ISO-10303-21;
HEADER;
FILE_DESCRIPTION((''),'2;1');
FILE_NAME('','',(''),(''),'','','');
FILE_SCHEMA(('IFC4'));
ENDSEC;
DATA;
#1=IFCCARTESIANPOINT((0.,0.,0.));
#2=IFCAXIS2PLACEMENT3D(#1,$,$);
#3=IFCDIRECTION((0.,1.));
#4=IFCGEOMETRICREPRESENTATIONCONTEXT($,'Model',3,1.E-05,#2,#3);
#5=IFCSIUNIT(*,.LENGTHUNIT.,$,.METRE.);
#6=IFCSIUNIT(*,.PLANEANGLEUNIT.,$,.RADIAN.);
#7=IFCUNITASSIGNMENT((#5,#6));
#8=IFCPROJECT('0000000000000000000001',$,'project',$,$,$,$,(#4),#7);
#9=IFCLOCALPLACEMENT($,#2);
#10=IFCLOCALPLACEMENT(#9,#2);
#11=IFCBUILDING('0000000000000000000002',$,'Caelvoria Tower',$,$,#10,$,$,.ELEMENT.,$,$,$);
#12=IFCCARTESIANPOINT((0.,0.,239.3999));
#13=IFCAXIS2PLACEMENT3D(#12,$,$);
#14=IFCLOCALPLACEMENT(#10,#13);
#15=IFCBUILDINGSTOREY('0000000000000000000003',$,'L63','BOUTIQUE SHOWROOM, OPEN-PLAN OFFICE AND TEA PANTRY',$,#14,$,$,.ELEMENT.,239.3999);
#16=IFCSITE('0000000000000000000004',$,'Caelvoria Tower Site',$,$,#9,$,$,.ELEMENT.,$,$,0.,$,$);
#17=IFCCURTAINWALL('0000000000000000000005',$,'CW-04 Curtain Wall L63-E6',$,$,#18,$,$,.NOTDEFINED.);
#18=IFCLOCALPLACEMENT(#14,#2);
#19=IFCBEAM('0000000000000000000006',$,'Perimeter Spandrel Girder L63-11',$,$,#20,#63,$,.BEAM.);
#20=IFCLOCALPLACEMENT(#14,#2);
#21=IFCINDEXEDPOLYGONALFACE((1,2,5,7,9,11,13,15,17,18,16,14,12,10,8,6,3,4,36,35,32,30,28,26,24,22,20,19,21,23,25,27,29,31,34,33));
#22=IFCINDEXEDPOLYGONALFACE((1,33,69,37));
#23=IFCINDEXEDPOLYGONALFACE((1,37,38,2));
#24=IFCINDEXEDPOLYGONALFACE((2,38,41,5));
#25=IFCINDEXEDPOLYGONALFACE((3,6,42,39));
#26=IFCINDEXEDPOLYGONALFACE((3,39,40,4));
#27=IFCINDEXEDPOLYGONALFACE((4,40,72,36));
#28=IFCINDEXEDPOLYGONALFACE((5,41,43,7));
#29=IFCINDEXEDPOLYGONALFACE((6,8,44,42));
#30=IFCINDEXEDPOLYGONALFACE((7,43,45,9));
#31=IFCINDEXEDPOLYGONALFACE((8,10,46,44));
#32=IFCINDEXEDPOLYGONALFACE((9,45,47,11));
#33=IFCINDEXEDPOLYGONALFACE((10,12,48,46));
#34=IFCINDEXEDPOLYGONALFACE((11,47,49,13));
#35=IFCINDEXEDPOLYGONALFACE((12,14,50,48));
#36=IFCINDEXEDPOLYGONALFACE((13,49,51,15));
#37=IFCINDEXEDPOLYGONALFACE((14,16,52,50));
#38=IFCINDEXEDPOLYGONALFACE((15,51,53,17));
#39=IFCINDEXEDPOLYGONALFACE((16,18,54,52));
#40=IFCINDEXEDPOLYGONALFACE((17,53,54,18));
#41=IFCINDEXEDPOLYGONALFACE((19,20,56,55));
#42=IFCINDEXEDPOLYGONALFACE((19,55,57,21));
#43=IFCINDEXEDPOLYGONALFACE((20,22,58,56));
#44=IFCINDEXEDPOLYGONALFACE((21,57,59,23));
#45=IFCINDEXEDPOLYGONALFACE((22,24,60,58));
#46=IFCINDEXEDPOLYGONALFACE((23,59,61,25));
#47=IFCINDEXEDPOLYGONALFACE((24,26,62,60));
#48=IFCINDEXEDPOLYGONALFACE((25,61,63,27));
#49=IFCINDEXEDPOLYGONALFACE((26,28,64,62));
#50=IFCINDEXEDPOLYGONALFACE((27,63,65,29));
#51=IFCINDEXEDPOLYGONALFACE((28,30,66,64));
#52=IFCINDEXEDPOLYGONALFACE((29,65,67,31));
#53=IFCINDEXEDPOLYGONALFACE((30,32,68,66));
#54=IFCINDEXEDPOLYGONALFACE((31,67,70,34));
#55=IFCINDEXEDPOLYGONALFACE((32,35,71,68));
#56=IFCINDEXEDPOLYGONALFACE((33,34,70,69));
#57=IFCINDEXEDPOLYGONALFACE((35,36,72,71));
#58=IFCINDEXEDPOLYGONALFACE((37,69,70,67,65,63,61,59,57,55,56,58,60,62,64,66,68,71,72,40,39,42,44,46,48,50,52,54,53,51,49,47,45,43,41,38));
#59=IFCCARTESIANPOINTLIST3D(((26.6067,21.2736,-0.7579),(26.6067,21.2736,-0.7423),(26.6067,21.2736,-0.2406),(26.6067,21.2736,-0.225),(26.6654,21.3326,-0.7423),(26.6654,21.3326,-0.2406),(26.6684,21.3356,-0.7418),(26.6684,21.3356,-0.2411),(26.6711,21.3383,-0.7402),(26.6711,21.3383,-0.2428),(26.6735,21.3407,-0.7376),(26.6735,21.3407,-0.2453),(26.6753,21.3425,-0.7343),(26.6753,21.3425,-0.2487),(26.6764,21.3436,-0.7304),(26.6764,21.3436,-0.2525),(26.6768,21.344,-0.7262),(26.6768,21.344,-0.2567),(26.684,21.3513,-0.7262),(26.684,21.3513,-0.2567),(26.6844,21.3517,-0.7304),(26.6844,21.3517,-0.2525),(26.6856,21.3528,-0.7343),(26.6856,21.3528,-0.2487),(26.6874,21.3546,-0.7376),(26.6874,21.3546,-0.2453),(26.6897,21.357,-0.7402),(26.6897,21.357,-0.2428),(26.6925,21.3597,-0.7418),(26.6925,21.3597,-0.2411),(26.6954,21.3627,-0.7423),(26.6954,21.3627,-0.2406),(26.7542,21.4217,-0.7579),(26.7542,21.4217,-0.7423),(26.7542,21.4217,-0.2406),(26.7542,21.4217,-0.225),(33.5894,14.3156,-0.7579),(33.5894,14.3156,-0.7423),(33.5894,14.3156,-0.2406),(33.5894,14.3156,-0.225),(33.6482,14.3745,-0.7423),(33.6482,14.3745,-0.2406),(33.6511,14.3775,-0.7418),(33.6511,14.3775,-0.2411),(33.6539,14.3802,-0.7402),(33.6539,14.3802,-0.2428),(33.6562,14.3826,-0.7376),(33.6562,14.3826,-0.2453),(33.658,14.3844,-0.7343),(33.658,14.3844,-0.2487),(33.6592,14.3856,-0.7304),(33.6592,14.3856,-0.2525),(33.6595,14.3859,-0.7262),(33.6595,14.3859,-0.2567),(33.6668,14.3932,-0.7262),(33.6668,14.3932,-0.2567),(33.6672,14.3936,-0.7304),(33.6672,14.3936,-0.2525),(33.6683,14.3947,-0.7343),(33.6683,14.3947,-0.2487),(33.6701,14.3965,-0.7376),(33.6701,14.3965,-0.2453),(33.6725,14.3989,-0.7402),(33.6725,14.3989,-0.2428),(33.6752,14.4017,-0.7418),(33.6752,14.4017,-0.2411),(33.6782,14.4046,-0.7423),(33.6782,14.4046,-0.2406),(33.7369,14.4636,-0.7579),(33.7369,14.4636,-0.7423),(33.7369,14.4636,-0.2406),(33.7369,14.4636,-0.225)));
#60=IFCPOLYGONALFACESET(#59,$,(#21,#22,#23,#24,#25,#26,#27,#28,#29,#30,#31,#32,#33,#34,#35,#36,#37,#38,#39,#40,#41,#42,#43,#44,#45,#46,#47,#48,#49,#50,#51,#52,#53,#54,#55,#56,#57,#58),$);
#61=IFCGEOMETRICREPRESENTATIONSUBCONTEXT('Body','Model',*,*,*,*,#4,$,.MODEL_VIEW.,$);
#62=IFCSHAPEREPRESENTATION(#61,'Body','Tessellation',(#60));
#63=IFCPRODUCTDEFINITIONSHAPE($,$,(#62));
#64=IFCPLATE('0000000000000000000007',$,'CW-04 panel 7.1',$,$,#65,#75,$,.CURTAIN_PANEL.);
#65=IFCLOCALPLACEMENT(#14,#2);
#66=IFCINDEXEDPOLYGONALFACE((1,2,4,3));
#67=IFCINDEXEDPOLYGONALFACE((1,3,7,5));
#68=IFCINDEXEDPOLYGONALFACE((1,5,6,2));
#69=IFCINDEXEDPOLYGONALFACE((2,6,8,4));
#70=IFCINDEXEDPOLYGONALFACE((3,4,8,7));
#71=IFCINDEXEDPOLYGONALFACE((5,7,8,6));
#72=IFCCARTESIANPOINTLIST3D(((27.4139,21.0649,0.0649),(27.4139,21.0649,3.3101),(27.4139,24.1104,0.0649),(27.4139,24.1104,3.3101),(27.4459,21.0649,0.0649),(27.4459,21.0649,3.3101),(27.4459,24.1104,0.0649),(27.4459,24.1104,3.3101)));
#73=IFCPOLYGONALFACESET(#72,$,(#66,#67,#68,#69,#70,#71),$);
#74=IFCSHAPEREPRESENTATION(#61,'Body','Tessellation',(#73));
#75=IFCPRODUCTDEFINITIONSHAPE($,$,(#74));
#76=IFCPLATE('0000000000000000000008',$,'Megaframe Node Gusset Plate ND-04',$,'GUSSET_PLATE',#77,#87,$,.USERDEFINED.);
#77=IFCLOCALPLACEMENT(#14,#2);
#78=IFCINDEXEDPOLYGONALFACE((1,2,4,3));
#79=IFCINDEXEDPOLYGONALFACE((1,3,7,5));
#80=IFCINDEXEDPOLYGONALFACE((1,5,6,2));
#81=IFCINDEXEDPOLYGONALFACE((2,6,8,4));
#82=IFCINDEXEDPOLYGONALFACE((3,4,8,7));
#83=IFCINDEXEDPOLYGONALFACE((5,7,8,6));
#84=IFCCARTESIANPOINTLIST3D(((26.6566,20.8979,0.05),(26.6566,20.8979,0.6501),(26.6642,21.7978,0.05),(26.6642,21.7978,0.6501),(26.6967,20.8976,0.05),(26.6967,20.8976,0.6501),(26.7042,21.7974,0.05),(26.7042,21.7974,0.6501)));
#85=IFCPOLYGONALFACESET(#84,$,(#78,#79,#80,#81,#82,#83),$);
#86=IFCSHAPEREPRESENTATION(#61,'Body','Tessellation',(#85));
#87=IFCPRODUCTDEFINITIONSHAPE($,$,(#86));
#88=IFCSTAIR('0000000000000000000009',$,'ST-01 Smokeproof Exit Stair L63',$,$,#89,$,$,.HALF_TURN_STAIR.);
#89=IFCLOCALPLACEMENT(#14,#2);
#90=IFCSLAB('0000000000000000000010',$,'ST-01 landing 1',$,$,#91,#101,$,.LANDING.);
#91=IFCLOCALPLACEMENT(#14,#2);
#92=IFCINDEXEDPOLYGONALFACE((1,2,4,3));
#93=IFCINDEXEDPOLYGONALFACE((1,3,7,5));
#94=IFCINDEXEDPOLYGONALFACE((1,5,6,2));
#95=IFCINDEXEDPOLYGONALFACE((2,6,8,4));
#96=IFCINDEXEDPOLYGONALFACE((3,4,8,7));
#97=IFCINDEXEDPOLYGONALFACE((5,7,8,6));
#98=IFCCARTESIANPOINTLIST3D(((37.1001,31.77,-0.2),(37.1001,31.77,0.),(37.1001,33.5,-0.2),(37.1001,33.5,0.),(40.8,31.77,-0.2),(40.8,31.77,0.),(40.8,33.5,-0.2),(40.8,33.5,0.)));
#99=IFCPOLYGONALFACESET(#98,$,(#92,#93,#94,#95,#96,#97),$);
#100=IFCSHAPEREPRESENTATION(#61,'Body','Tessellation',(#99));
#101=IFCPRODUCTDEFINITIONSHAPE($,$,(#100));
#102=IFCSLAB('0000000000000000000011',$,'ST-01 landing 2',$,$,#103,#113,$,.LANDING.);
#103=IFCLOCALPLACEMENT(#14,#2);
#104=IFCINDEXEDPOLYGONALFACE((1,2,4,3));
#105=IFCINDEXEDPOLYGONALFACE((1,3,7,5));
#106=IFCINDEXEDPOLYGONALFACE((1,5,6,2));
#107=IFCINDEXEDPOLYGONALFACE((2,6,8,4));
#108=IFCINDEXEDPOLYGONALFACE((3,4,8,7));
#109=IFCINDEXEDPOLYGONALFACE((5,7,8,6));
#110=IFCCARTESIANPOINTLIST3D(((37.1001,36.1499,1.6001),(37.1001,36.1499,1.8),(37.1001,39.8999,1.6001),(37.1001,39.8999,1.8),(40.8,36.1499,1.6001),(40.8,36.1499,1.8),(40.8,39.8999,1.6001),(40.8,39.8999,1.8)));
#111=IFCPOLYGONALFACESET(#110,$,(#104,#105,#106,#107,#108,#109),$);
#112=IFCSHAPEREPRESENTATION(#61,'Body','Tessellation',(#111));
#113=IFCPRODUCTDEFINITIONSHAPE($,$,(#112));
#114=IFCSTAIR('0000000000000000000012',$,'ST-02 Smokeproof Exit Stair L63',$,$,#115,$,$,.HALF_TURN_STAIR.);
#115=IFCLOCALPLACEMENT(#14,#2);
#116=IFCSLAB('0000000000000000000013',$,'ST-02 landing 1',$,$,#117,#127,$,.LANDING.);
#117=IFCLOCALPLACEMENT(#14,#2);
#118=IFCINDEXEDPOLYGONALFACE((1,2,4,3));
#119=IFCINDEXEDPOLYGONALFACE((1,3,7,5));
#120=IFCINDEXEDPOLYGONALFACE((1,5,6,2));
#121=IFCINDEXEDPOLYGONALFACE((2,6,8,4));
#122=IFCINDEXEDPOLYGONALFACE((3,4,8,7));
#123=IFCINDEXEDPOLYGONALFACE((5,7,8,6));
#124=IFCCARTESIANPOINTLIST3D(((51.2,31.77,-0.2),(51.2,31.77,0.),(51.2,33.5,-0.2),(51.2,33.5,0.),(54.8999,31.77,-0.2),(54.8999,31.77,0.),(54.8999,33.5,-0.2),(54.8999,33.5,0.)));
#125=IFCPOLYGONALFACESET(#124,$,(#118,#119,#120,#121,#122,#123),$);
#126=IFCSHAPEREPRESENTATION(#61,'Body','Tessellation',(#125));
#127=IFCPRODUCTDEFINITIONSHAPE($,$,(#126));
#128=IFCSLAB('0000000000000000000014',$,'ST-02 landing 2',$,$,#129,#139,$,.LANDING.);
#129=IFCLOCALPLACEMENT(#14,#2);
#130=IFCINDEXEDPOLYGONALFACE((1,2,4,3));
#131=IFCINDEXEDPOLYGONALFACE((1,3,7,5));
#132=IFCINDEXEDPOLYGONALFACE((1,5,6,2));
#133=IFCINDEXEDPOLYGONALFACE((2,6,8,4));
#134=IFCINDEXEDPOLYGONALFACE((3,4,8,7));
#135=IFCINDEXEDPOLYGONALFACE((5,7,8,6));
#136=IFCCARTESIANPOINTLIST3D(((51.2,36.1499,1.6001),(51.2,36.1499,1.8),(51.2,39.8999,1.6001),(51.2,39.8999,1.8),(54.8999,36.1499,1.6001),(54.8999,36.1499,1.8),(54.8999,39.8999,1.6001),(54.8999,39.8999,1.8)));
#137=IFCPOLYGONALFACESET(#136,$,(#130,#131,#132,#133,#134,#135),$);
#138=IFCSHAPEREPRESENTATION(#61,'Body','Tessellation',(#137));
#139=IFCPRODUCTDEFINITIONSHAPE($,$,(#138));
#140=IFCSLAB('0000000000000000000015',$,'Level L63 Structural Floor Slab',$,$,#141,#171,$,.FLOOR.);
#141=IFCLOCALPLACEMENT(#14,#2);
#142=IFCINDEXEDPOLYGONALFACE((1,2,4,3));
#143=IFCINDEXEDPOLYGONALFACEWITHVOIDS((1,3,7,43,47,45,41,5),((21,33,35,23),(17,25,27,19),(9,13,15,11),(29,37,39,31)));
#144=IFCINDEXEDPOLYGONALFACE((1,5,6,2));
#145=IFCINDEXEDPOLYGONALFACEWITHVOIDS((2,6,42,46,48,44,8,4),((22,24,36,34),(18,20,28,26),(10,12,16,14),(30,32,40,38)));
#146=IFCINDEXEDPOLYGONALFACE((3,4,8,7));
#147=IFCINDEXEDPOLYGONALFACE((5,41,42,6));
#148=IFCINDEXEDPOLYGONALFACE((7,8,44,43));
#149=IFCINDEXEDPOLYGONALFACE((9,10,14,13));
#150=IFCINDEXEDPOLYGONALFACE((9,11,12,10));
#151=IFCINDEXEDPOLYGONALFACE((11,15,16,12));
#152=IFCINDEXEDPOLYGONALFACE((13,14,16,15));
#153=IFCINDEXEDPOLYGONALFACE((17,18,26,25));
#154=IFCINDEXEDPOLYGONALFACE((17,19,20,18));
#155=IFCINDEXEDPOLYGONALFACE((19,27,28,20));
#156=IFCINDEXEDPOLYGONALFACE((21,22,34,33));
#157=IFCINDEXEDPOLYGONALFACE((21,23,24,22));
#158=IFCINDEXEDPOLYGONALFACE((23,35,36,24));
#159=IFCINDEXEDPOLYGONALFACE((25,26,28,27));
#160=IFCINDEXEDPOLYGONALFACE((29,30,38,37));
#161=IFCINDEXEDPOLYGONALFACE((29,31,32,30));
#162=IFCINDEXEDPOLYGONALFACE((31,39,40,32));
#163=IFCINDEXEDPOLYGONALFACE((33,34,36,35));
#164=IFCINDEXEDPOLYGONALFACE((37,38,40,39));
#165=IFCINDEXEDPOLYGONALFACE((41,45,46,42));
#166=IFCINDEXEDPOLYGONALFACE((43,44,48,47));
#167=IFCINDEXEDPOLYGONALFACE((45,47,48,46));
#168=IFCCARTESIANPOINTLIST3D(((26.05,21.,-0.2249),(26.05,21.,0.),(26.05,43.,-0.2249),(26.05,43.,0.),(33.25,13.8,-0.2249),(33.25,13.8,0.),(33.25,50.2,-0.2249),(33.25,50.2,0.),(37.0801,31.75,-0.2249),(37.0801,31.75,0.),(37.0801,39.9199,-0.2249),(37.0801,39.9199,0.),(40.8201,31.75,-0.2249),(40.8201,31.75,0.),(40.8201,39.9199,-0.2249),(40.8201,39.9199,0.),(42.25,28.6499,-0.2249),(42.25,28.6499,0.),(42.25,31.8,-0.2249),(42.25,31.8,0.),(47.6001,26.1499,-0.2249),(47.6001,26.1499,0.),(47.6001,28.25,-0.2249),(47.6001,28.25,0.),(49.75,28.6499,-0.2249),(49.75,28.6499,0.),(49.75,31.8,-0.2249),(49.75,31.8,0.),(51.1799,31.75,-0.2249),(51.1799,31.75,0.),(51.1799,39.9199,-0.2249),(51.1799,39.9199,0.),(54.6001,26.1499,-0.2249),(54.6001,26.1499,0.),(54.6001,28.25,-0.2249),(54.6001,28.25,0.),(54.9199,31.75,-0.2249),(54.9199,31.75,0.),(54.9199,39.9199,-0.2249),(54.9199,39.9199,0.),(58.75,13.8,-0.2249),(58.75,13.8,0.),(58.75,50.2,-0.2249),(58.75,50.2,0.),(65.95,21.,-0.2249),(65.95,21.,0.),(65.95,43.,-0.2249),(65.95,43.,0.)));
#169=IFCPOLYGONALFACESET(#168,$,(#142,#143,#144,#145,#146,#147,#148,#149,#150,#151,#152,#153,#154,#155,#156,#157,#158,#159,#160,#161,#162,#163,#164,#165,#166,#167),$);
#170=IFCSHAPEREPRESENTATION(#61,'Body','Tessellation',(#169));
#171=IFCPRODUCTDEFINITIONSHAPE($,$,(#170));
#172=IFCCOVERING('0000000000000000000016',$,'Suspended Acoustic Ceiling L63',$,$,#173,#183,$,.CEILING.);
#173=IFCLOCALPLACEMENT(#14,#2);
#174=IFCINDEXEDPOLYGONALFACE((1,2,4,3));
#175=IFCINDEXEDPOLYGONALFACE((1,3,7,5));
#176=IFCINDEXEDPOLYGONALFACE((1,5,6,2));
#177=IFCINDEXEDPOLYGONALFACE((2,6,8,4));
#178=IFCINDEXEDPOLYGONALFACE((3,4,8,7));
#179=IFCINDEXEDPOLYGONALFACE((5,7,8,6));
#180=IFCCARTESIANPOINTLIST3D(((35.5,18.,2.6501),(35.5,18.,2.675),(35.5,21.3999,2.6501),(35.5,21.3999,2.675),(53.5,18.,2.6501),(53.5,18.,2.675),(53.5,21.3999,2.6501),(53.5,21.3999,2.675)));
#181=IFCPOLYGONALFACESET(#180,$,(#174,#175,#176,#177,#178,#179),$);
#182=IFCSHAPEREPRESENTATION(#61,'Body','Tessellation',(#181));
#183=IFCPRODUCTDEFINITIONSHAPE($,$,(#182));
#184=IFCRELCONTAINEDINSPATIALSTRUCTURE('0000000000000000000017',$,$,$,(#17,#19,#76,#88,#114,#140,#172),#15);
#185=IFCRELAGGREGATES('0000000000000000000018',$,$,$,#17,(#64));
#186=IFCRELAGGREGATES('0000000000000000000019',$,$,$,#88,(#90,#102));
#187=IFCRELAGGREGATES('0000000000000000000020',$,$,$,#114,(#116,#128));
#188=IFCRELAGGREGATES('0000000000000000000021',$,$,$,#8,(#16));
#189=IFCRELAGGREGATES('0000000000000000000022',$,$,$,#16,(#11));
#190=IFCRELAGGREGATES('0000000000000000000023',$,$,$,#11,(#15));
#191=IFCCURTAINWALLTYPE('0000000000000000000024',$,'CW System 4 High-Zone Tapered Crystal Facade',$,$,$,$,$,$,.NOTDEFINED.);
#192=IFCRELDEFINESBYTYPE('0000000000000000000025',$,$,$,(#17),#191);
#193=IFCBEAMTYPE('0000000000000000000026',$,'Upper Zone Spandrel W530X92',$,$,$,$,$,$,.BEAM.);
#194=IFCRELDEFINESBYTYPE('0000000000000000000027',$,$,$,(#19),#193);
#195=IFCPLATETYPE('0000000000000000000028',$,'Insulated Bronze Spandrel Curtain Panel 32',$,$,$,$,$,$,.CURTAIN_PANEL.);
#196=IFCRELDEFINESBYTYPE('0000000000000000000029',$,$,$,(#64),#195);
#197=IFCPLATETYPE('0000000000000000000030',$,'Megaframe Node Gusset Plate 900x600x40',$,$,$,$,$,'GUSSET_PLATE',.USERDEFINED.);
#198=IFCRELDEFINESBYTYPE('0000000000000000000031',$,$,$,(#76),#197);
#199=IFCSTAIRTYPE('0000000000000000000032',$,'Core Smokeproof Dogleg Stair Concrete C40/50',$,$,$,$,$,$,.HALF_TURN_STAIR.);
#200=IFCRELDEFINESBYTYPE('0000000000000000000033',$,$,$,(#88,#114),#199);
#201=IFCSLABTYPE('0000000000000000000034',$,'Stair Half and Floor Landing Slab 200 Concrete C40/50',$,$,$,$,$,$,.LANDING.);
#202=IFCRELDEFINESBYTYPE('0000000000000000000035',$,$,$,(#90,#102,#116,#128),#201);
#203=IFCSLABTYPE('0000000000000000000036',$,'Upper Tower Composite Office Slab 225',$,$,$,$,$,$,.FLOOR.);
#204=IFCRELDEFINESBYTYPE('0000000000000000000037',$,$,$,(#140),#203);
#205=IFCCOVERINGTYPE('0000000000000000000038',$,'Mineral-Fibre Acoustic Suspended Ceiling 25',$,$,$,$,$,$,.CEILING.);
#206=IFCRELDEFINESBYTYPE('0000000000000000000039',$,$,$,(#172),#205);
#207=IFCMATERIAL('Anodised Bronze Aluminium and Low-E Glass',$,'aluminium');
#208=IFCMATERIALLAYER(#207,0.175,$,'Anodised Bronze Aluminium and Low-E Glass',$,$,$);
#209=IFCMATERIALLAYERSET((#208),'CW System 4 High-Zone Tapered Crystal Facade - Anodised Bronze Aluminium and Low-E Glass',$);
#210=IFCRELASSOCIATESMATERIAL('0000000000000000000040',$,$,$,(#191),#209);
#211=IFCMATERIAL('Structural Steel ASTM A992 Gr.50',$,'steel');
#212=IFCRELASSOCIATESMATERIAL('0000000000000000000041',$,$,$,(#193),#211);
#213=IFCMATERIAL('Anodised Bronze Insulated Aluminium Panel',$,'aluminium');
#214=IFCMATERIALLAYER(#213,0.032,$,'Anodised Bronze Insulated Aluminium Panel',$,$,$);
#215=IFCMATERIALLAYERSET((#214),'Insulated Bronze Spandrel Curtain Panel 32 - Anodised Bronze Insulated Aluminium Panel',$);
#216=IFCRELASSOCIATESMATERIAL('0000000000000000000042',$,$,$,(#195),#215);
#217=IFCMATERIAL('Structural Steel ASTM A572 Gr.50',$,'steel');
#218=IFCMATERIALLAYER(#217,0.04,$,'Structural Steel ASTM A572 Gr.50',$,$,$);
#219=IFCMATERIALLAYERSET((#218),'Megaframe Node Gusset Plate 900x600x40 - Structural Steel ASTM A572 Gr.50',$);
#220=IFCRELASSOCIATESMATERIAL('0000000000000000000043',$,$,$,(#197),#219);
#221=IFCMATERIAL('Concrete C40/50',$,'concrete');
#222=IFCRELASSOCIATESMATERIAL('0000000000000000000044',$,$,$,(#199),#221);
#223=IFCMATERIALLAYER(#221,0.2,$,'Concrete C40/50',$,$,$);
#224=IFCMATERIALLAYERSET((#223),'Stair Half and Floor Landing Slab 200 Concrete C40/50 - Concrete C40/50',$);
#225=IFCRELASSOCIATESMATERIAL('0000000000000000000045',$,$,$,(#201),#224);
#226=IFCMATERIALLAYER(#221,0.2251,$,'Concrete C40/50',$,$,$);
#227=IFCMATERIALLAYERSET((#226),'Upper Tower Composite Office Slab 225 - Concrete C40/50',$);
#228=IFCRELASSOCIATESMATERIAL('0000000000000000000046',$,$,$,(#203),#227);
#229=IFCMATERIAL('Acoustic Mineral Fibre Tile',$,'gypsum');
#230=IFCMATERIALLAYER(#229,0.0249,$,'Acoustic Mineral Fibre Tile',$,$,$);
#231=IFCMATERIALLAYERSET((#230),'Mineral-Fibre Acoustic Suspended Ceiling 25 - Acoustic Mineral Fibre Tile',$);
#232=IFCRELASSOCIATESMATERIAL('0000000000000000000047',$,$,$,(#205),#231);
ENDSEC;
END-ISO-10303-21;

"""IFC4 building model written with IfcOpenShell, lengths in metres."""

from ifc_helpers import new_model, si_unit, direction, frame, origin, origin_2d, place, context, subcontext, project, spatial, polyline, rectangle, i_section, outline, extrude, material, layer, layer_set, material_profile, profile_set, type_object, element, aggregate, save


model = new_model("IFC4")

# Units and contexts
model_context = context("Model", 3, precision=1e-05, world=origin(), true_north=direction((0.0, 1.0)))
body_context = subcontext(model_context, "Body", "Model", "MODEL_VIEW")
ifc_project = project(units=[si_unit("LENGTHUNIT", "METRE"), si_unit("PLANEANGLEUNIT", "RADIAN")], contexts=[model_context])

# Site, building, storey
site_placement = place(None, origin())
site = spatial("IfcSite", under=ifc_project, at=site_placement, Name="Caelvoria Tower Site", CompositionType="ELEMENT", RefElevation=0.0)
building_placement = place(site_placement, origin())
building = spatial("IfcBuilding", under=site, at=building_placement, Name="Caelvoria Tower", CompositionType="ELEMENT")
storey_placement = place(building_placement, frame((0.0, 0.0, 239.3999)))
storey = spatial("IfcBuildingStorey", under=building, at=storey_placement, Name="L63", Description="BOUTIQUE SHOWROOM, OPEN-PLAN OFFICE AND TEA PANTRY", CompositionType="ELEMENT", Elevation=239.3999)

# Shared definitions
ifc_material_1 = material(Name="Structural Steel ASTM A572 Gr.50", Category="steel")

# Curtain wall
ifc_material_2 = material(Name="Anodised Bronze Aluminium and Low-E Glass", Category="aluminium")
ifc_layer_1 = layer(ifc_material_2, 0.175, Name="Anodised Bronze Aluminium and Low-E Glass")
ifc_layer_set_1 = layer_set([ifc_layer_1], Name="CW System 4 High-Zone Tapered Crystal Facade - Anodised Bronze Aluminium and Low-E Glass")
curtain_wall_type = type_object("IfcCurtainWallType", Name="CW System 4 High-Zone Tapered Crystal Facade", PredefinedType="NOTDEFINED", material=ifc_layer_set_1)
curtain_wall_1_placement = place(storey_placement, origin())
curtain_wall_1 = element("IfcCurtainWall", 1, at=curtain_wall_1_placement, inside=storey, type_object=curtain_wall_type, Name="CW-04 Curtain Wall L63-E6", PredefinedType="NOTDEFINED")

# Beam
ifc_material_3 = material(Name="Structural Steel ASTM A992 Gr.50", Category="steel")
ifc_material_profile_1 = material_profile(ifc_material_3, i_section(OverallWidth=0.209, OverallDepth=0.533, WebThickness=0.0103, FlangeThickness=0.0156, FilletRadius=0.0161, at=origin_2d()), Name="Structural Steel ASTM A992 Gr.50")
ifc_profile_set_1 = profile_set([ifc_material_profile_1], Name="W530X92 - Structural Steel ASTM A992 Gr.50")
beam_type = type_object("IfcBeamType", Name="Upper Zone Spandrel W530X92", PredefinedType="BEAM", material=ifc_profile_set_1)
beam_placement = place(storey_placement, frame((26.6804, 21.3477, -0.4915), z_axis=(0.708356, -0.705855, 0.0), x_axis=(0.705855, 0.708356, 0.0)))
element("IfcBeam", 2, at=beam_placement, inside=storey, type_object=beam_type, Name="Perimeter Spandrel Girder L63-11", PredefinedType="BEAM", context=body_context, shape_type="SweptSolid", body=[
    extrude(i_section(OverallWidth=0.209, OverallDepth=0.533, WebThickness=0.0103, FlangeThickness=0.0156, FilletRadius=0.0161, at=origin_2d()), origin(), (0.0, 0.0, 1.0), 9.8577),
])

# Plates
ifc_material_4 = material(Name="Anodised Bronze Insulated Aluminium Panel", Category="aluminium")
ifc_layer_2 = layer(ifc_material_4, 0.032, Name="Anodised Bronze Insulated Aluminium Panel")
ifc_layer_set_2 = layer_set([ifc_layer_2], Name="Insulated Bronze Spandrel Curtain Panel 32 - Anodised Bronze Insulated Aluminium Panel")
plate_type_1 = type_object("IfcPlateType", Name="Insulated Bronze Spandrel Curtain Panel 32", PredefinedType="CURTAIN_PANEL", material=ifc_layer_set_2)
plate_1_placement = place(storey_placement, frame((27.4299, 22.5876, 0.0649), z_axis=(0.0, 0.0, 1.0), x_axis=(0.0, -1.0, 0.0)))
plate_1 = element("IfcPlate", 3, at=plate_1_placement, type_object=plate_type_1, Name="CW-04 panel 7.1", PredefinedType="CURTAIN_PANEL", context=body_context, shape_type="SweptSolid", body=[
    extrude(rectangle(XDim=3.0454, YDim=0.032, at=origin_2d()), origin(), (0.0, 0.0, 1.0), 3.2451),
])
aggregate(curtain_wall_1, [plate_1])
ifc_layer_3 = layer(ifc_material_1, 0.04, Name="Structural Steel ASTM A572 Gr.50")
ifc_layer_set_3 = layer_set([ifc_layer_3], Name="Megaframe Node Gusset Plate 900x600x40 - Structural Steel ASTM A572 Gr.50")
plate_type_2 = type_object("IfcPlateType", Name="Megaframe Node Gusset Plate 900x600x40", ElementType="GUSSET_PLATE", PredefinedType="USERDEFINED", material=ifc_layer_set_3)
plate_2_placement = place(storey_placement, frame((26.6804, 21.3477, 0.05), z_axis=(0.0, 0.0, 1.0), x_axis=(0.008402, 0.999965, 0.0)))
element("IfcPlate", 4, at=plate_2_placement, inside=storey, type_object=plate_type_2, Name="Megaframe Node Gusset Plate ND-04", ObjectType="GUSSET_PLATE", PredefinedType="USERDEFINED", context=body_context, shape_type="SweptSolid", body=[
    extrude(rectangle(XDim=0.8999, YDim=0.04, at=origin_2d()), origin(), (0.0, 0.0, 1.0), 0.6001),
])

# Stairs, slabs
ifc_material_5 = material(Name="Concrete C40/50", Category="concrete")
stair_type = type_object("IfcStairType", Name="Core Smokeproof Dogleg Stair Concrete C40/50", PredefinedType="HALF_TURN_STAIR", material=ifc_material_5)
stair_1_placement = place(storey_placement, origin())
stair_1 = element("IfcStair", 5, at=stair_1_placement, inside=storey, type_object=stair_type, Name="ST-01 Smokeproof Exit Stair L63", PredefinedType="HALF_TURN_STAIR")
ifc_layer_4 = layer(ifc_material_5, 0.2, Name="Concrete C40/50")
ifc_layer_set_4 = layer_set([ifc_layer_4], Name="Stair Half and Floor Landing Slab 200 Concrete C40/50 - Concrete C40/50")
slab_type_1 = type_object("IfcSlabType", Name="Stair Half and Floor Landing Slab 200 Concrete C40/50", PredefinedType="LANDING", material=ifc_layer_set_4)
slab_1_placement = place(storey_placement, frame((0.0, 0.0, -0.2)))
slab_1 = element("IfcSlab", 6, at=slab_1_placement, type_object=slab_type_1, Name="ST-01 landing 1", PredefinedType="LANDING", context=body_context, shape_type="SweptSolid", body=[
    extrude(outline(polyline([(37.1001, 31.77), (40.8, 31.77), (40.8, 33.5), (37.1001, 33.5), (37.1001, 31.77)])), origin(), (0.0, 0.0, 1.0), 0.2),
])
slab_2_placement = place(storey_placement, frame((0.0, 0.0, 1.6001)))
slab_2 = element("IfcSlab", 7, at=slab_2_placement, type_object=slab_type_1, Name="ST-01 landing 2", PredefinedType="LANDING", context=body_context, shape_type="SweptSolid", body=[
    extrude(outline(polyline([(37.1001, 36.1499), (40.8, 36.1499), (40.8, 39.8999), (37.1001, 39.8999), (37.1001, 36.1499)])), origin(), (0.0, 0.0, 1.0), 0.2),
])
aggregate(stair_1, [slab_1, slab_2])
stair_2_placement = place(storey_placement, origin())
stair_2 = element("IfcStair", 8, at=stair_2_placement, inside=storey, type_object=stair_type, Name="ST-02 Smokeproof Exit Stair L63", PredefinedType="HALF_TURN_STAIR")
slab_3_placement = place(storey_placement, frame((0.0, 0.0, -0.2)))
slab_3 = element("IfcSlab", 9, at=slab_3_placement, type_object=slab_type_1, Name="ST-02 landing 1", PredefinedType="LANDING", context=body_context, shape_type="SweptSolid", body=[
    extrude(outline(polyline([(51.2, 31.77), (54.8999, 31.77), (54.8999, 33.5), (51.2, 33.5), (51.2, 31.77)])), origin(), (0.0, 0.0, 1.0), 0.2),
])
slab_4_placement = place(storey_placement, frame((0.0, 0.0, 1.6001)))
slab_4 = element("IfcSlab", 10, at=slab_4_placement, type_object=slab_type_1, Name="ST-02 landing 2", PredefinedType="LANDING", context=body_context, shape_type="SweptSolid", body=[
    extrude(outline(polyline([(51.2, 36.1499), (54.8999, 36.1499), (54.8999, 39.8999), (51.2, 39.8999), (51.2, 36.1499)])), origin(), (0.0, 0.0, 1.0), 0.2),
])
aggregate(stair_2, [slab_3, slab_4])

# Slab
ifc_layer_5 = layer(ifc_material_5, 0.2251, Name="Concrete C40/50")
ifc_layer_set_5 = layer_set([ifc_layer_5], Name="Upper Tower Composite Office Slab 225 - Concrete C40/50")
slab_type_2 = type_object("IfcSlabType", Name="Upper Tower Composite Office Slab 225", PredefinedType="FLOOR", material=ifc_layer_set_5)
slab_5_placement = place(storey_placement, frame((0.0, 0.0, -0.2249)))
element("IfcSlab", 11, at=slab_5_placement, inside=storey, type_object=slab_type_2, Name="Level L63 Structural Floor Slab", PredefinedType="FLOOR", context=body_context, shape_type="SweptSolid", body=[
    extrude(outline(polyline([(33.25, 13.8), (58.75, 13.8), (65.95, 21.0), (65.95, 43.0), (58.75, 50.2), (33.25, 50.2), (26.05, 43.0), (26.05, 21.0), (33.25, 13.8)]), holes=[polyline([(37.0801, 31.75), (40.8201, 31.75), (40.8201, 39.9199), (37.0801, 39.9199), (37.0801, 31.75)]), polyline([(51.1799, 31.75), (54.9199, 31.75), (54.9199, 39.9199), (51.1799, 39.9199), (51.1799, 31.75)]), polyline([(42.25, 28.6499), (49.75, 28.6499), (49.75, 31.8), (42.25, 31.8), (42.25, 28.6499)]), polyline([(47.6001, 26.1499), (54.6001, 26.1499), (54.6001, 28.25), (47.6001, 28.25), (47.6001, 26.1499)])]), origin(), (0.0, 0.0, 1.0), 0.2249),
])

# Covering
ifc_material_6 = material(Name="Acoustic Mineral Fibre Tile", Category="gypsum")
ifc_layer_6 = layer(ifc_material_6, 0.0249, Name="Acoustic Mineral Fibre Tile")
ifc_layer_set_6 = layer_set([ifc_layer_6], Name="Mineral-Fibre Acoustic Suspended Ceiling 25 - Acoustic Mineral Fibre Tile")
covering_type_1 = type_object("IfcCoveringType", Name="Mineral-Fibre Acoustic Suspended Ceiling 25", PredefinedType="CEILING", material=ifc_layer_set_6)
covering_1_placement = place(storey_placement, frame((0.0, 0.0, 2.6501)))
element("IfcCovering", 12, at=covering_1_placement, inside=storey, type_object=covering_type_1, Name="Suspended Acoustic Ceiling L63", PredefinedType="CEILING", context=body_context, shape_type="SweptSolid", body=[
    extrude(outline(polyline([(35.5, 18.0), (53.5, 18.0), (53.5, 21.3999), (35.5, 21.3999), (35.5, 18.0)])), origin(), (0.0, 0.0, 1.0), 0.0249),
])

save(model, "model.ifc")
